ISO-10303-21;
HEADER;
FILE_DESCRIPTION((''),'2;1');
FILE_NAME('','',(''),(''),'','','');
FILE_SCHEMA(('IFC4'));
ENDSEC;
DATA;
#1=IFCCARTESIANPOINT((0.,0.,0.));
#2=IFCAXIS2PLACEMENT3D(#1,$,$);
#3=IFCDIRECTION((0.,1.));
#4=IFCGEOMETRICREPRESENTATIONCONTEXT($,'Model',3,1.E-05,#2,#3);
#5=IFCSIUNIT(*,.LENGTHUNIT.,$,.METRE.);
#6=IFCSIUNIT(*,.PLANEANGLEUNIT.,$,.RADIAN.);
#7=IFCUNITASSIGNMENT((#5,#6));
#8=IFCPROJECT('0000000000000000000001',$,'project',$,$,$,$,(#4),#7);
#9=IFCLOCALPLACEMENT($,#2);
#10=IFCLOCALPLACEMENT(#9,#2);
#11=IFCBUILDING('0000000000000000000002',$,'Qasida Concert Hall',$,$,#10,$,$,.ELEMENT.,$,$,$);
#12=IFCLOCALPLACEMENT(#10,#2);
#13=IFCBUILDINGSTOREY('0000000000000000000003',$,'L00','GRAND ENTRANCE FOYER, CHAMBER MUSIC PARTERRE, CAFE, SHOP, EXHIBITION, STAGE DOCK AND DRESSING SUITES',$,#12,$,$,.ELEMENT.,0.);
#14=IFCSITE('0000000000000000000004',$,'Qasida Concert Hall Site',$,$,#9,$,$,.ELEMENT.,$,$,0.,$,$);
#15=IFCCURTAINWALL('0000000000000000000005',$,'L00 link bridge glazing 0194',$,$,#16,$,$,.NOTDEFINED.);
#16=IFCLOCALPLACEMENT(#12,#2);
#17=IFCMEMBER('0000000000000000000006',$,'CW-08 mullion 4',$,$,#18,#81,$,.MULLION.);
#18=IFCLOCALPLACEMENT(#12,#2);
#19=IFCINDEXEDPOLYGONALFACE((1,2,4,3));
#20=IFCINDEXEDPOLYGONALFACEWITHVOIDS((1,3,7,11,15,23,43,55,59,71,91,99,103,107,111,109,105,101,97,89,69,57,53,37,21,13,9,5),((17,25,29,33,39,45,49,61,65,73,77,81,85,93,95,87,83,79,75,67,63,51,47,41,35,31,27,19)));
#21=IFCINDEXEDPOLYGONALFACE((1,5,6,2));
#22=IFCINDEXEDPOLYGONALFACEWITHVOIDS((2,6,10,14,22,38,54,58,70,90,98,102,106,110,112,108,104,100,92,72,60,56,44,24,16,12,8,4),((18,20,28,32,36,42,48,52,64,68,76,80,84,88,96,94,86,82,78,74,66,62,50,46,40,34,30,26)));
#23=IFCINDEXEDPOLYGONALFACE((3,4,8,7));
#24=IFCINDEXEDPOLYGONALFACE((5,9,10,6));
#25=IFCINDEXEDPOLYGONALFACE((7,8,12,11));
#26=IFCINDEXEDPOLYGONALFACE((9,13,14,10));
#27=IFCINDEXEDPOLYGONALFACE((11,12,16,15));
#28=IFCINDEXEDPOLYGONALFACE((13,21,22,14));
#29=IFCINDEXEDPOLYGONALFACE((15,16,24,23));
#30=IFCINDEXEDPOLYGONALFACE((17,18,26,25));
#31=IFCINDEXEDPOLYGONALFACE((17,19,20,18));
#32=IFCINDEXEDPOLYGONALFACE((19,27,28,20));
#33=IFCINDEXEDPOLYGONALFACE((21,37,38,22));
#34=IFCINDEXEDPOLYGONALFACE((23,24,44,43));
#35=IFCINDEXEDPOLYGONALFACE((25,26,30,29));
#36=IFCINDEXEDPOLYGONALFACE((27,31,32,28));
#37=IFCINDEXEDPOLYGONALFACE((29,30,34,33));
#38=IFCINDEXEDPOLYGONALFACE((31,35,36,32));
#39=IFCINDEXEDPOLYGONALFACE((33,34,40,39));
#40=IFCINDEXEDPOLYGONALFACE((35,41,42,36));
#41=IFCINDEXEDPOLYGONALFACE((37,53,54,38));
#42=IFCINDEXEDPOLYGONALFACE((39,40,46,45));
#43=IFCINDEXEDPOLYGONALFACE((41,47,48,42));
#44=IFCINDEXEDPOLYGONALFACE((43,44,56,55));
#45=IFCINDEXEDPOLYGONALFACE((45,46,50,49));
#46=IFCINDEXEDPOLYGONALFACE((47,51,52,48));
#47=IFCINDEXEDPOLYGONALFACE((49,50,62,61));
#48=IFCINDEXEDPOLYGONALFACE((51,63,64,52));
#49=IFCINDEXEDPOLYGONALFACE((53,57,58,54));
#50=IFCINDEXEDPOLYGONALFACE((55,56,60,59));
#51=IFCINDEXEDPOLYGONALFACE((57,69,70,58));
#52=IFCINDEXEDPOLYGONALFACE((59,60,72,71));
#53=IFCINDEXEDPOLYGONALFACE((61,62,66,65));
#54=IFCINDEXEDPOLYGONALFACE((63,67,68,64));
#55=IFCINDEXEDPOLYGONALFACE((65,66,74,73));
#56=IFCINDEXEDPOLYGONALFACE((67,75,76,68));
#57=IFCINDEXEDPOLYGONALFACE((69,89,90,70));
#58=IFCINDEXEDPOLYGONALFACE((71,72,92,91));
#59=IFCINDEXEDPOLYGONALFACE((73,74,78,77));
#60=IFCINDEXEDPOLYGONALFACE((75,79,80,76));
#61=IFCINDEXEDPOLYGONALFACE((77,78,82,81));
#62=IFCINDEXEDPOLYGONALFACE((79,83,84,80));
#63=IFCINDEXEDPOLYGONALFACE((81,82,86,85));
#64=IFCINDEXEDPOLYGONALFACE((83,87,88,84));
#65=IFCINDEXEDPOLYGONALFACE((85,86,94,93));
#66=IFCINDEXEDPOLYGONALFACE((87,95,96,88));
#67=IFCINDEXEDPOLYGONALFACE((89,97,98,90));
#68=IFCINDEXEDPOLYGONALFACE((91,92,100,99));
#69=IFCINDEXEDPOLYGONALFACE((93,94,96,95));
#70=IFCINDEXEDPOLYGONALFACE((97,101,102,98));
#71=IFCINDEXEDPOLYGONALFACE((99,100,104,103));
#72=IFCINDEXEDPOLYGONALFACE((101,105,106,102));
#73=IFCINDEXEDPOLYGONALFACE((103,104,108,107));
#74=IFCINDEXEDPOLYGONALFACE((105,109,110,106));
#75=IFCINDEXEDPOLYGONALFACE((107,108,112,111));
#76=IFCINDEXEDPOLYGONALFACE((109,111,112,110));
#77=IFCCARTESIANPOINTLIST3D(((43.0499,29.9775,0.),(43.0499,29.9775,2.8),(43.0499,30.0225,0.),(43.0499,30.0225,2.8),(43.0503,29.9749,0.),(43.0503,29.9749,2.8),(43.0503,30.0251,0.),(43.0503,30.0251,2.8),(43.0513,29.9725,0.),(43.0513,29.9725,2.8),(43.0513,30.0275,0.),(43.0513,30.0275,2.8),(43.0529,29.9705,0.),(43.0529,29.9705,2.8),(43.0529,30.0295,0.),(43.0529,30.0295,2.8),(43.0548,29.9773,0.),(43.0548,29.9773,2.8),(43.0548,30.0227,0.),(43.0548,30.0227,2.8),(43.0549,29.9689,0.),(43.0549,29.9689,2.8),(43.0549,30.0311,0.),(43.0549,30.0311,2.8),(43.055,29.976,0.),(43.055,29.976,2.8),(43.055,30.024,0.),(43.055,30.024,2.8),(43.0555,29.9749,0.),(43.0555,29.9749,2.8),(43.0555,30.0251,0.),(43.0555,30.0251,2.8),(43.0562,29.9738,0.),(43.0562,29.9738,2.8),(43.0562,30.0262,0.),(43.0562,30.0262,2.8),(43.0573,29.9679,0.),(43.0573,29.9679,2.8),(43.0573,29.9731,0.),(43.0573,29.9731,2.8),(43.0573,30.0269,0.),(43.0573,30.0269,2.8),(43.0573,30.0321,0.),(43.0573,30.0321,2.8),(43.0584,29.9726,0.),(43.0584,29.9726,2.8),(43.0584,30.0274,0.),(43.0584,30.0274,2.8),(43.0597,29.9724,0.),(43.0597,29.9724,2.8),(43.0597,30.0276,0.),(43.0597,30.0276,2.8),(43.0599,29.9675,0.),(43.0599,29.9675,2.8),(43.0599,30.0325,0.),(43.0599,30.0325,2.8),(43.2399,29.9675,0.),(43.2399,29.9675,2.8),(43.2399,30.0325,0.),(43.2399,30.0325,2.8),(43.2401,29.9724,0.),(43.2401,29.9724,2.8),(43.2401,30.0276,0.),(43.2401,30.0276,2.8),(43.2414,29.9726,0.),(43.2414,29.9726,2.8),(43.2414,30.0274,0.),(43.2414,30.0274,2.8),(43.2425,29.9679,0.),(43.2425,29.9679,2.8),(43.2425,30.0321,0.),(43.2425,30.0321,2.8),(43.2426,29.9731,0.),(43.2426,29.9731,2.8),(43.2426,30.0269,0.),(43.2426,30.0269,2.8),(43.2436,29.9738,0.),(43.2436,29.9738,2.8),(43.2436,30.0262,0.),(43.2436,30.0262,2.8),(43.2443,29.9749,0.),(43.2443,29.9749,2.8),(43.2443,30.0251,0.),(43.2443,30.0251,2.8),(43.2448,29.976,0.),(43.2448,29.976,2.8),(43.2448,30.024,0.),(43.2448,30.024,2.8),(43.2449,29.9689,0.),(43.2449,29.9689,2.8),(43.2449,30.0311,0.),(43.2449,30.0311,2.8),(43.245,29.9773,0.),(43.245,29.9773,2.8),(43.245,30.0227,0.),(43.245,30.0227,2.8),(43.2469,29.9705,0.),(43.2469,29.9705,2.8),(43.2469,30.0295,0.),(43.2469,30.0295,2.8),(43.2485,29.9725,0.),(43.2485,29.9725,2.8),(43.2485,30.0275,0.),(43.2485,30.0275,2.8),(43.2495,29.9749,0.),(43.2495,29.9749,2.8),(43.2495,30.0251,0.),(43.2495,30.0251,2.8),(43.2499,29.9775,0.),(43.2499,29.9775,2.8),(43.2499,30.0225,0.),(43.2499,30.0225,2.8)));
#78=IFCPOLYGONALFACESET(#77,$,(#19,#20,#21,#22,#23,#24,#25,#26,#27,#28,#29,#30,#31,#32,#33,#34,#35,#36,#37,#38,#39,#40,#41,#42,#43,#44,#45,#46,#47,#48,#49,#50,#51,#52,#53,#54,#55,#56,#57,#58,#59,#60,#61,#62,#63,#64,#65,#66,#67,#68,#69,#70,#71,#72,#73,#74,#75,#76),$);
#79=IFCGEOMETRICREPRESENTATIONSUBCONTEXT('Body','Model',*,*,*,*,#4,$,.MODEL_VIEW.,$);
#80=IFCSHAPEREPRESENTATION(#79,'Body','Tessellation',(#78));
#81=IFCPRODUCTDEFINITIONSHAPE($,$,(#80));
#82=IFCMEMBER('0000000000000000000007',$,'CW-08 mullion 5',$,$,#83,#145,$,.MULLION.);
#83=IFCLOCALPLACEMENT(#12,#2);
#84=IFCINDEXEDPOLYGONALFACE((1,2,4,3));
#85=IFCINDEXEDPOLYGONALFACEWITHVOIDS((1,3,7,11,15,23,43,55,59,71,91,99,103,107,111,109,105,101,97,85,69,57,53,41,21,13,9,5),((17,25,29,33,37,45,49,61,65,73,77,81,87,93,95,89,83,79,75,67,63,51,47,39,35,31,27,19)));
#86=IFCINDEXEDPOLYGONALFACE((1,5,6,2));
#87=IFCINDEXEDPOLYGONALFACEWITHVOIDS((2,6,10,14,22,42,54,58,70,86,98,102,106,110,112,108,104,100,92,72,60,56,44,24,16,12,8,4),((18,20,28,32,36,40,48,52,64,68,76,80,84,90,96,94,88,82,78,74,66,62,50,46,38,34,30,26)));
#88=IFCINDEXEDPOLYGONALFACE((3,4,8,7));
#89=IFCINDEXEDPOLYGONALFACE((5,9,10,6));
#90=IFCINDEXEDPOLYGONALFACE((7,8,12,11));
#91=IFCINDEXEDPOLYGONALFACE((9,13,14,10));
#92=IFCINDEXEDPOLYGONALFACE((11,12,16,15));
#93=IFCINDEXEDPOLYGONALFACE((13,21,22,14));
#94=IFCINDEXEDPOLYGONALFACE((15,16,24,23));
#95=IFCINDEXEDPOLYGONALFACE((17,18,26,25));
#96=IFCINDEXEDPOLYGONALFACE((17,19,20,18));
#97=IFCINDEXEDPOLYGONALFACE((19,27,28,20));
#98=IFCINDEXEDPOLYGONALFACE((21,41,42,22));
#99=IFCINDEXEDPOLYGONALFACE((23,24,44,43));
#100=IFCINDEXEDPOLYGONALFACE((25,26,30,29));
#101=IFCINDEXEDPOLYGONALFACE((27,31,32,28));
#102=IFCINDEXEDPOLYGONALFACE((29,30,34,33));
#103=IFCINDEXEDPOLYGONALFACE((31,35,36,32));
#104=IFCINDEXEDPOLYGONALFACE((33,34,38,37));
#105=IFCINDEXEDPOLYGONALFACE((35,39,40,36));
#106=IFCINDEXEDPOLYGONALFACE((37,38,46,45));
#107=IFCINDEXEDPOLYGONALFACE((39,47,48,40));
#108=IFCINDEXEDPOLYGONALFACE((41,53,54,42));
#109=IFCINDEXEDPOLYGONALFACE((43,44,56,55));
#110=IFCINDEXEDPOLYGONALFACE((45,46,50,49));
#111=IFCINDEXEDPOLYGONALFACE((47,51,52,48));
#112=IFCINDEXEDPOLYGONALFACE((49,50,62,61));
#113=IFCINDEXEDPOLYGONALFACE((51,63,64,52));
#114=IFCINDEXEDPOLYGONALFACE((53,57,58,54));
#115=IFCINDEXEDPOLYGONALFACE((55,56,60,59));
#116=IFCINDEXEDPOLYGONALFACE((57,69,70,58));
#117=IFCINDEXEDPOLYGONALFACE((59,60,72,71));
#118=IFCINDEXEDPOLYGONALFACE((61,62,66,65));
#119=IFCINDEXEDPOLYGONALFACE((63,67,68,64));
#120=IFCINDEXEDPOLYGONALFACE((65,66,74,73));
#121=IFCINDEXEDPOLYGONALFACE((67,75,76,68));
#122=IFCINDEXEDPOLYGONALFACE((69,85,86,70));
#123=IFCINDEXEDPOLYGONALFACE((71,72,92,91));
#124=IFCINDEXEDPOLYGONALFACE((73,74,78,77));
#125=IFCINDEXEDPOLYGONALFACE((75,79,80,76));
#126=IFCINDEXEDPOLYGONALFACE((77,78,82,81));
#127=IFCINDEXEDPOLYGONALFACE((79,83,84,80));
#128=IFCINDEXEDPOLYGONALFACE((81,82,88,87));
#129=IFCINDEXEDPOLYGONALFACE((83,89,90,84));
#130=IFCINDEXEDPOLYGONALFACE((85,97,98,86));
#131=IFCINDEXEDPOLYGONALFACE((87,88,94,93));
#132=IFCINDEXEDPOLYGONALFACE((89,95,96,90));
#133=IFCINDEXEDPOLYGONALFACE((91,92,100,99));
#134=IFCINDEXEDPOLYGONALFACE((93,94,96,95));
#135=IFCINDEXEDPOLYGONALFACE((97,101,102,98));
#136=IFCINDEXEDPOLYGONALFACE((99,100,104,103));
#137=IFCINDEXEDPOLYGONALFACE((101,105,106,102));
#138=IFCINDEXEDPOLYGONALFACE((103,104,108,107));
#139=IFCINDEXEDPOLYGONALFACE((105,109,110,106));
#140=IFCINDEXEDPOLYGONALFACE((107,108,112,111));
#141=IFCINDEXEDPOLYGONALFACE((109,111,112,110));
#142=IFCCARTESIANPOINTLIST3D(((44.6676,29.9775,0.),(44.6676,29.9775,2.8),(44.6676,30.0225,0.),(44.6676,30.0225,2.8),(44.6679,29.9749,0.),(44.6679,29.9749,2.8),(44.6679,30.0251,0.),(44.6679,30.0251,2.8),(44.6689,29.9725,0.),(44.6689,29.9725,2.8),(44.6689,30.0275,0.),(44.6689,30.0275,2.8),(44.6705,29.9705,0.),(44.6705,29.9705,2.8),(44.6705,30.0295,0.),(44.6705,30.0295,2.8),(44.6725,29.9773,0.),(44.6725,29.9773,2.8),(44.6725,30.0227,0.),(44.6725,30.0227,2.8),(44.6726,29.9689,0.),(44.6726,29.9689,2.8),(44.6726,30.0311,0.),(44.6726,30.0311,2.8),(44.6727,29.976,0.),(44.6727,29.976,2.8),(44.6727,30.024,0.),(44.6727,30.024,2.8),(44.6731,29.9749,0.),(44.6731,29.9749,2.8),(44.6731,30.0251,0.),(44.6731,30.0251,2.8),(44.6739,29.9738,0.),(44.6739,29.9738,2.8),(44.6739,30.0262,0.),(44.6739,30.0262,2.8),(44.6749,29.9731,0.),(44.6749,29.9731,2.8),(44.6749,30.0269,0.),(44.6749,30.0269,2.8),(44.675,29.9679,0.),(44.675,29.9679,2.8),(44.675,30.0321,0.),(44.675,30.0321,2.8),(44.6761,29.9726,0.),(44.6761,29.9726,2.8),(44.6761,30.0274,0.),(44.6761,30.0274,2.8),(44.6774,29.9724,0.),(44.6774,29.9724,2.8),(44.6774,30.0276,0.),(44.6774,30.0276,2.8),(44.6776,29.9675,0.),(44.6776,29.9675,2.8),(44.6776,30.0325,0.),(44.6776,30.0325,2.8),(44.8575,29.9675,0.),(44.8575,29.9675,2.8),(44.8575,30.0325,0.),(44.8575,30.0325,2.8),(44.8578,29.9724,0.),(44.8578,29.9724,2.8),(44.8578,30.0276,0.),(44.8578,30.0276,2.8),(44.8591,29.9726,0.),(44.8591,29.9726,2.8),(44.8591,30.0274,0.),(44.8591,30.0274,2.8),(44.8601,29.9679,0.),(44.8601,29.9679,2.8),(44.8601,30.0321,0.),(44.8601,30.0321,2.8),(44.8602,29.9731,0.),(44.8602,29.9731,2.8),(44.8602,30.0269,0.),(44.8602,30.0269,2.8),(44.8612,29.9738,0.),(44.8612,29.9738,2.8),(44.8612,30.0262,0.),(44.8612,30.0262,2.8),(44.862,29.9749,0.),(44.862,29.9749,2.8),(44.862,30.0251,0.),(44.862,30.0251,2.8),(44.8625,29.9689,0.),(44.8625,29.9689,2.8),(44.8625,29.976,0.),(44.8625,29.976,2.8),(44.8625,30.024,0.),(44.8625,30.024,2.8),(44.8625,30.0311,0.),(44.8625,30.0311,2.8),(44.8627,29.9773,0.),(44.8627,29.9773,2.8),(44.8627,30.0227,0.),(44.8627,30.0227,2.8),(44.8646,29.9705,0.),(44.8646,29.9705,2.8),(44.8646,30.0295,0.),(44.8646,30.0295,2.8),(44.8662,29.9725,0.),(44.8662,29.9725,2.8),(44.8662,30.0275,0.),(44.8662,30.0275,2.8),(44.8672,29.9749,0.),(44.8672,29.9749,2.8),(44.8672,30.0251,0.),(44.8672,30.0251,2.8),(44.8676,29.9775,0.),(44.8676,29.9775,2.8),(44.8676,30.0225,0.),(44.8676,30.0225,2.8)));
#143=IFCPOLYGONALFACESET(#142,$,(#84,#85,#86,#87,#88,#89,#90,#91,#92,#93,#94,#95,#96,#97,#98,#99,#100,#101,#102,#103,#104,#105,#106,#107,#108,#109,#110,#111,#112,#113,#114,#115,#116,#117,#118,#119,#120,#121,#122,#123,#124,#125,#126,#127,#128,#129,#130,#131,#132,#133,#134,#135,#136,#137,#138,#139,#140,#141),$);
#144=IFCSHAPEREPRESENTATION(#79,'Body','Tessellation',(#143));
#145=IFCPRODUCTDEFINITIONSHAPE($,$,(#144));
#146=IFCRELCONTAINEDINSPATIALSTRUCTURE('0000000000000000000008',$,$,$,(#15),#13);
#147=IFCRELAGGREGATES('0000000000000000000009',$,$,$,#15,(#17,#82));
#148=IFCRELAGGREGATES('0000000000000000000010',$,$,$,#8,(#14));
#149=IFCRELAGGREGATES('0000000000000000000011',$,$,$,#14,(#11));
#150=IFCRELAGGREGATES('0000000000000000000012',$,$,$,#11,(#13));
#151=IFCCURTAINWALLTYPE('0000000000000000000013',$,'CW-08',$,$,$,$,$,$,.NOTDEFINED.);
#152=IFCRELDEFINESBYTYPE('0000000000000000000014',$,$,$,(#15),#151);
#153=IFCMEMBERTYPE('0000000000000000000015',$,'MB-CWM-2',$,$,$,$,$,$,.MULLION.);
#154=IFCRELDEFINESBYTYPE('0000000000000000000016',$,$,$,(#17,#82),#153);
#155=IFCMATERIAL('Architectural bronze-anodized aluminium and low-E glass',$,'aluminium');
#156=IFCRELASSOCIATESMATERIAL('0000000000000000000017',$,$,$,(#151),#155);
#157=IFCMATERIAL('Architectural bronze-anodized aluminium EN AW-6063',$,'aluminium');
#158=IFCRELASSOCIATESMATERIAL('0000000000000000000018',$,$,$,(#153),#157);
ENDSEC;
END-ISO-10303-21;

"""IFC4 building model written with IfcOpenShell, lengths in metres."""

from ifc_helpers import new_model, si_unit, direction, frame, origin, origin_2d, place, context, subcontext, project, spatial, hollow_rectangle, extrude, material, material_profile, profile_set, type_object, element, aggregate, save


model = new_model("IFC4")

# Units and contexts
model_context = context("Model", 3, precision=1e-05, world=origin(), true_north=direction((0.0, 1.0)))
body_context = subcontext(model_context, "Body", "Model", "MODEL_VIEW")
ifc_project = project(units=[si_unit("LENGTHUNIT", "METRE"), si_unit("PLANEANGLEUNIT", "RADIAN")], contexts=[model_context])

# Site, building, storey
site_placement = place(None, origin())
site = spatial("IfcSite", under=ifc_project, at=site_placement, Name="Qasida Concert Hall Site", CompositionType="ELEMENT", RefElevation=0.0)
building_placement = place(site_placement, origin())
building = spatial("IfcBuilding", under=site, at=building_placement, Name="Qasida Concert Hall", CompositionType="ELEMENT")
storey_placement = place(building_placement, origin())
storey = spatial("IfcBuildingStorey", under=building, at=storey_placement, Name="L00", Description="GRAND ENTRANCE FOYER, CHAMBER MUSIC PARTERRE, CAFE, SHOP, EXHIBITION, STAGE DOCK AND DRESSING SUITES", CompositionType="ELEMENT", Elevation=0.0)

# Curtain wall, members
ifc_material_1 = material(Name="Architectural bronze-anodized aluminium and low-E glass", Category="aluminium")
curtain_wall_type = type_object("IfcCurtainWallType", Name="CW-08", PredefinedType="NOTDEFINED", material=ifc_material_1)
curtain_wall_1_placement = place(storey_placement, origin())
curtain_wall_1 = element("IfcCurtainWall", 1, at=curtain_wall_1_placement, inside=storey, type_object=curtain_wall_type, Name="L00 link bridge glazing 0194", PredefinedType="NOTDEFINED")
ifc_material_2 = material(Name="Architectural bronze-anodized aluminium EN AW-6063", Category="aluminium")
ifc_material_profile_1 = material_profile(ifc_material_2, hollow_rectangle(XDim=0.0649, YDim=0.2, WallThickness=0.0049, InnerFilletRadius=0.0049, OuterFilletRadius=0.01, at=origin_2d()), Name="CWM 200x65x5")
ifc_profile_set_1 = profile_set([ifc_material_profile_1], Name="Architectural bronze-anodized aluminium EN AW-6063")
member_type_1 = type_object("IfcMemberType", Name="MB-CWM-2", PredefinedType="MULLION", material=ifc_profile_set_1)
member_1_placement = place(storey_placement, frame((43.1499, 30.0, 0.0), z_axis=(0.0, 0.0, 1.0), x_axis=(0.0, 1.0, 0.0)))
member_1 = element("IfcMember", 2, at=member_1_placement, type_object=member_type_1, Name="CW-08 mullion 4", PredefinedType="MULLION", context=body_context, shape_type="SweptSolid", body=[
    extrude(hollow_rectangle(XDim=0.0649, YDim=0.2, WallThickness=0.0049, InnerFilletRadius=0.0049, OuterFilletRadius=0.01, at=origin_2d()), origin(), (0.0, 0.0, 1.0), 2.8),
])
member_2_placement = place(storey_placement, frame((44.7676, 30.0, 0.0), z_axis=(0.0, 0.0, 1.0), x_axis=(0.0, 1.0, 0.0)))
member_2 = element("IfcMember", 3, at=member_2_placement, type_object=member_type_1, Name="CW-08 mullion 5", PredefinedType="MULLION", context=body_context, shape_type="SweptSolid", body=[
    extrude(hollow_rectangle(XDim=0.0649, YDim=0.2, WallThickness=0.0049, InnerFilletRadius=0.0049, OuterFilletRadius=0.01, at=origin_2d()), origin(), (0.0, 0.0, 1.0), 2.8),
])

aggregate(curtain_wall_1, [member_1, member_2])

save(model, "model.ifc")
